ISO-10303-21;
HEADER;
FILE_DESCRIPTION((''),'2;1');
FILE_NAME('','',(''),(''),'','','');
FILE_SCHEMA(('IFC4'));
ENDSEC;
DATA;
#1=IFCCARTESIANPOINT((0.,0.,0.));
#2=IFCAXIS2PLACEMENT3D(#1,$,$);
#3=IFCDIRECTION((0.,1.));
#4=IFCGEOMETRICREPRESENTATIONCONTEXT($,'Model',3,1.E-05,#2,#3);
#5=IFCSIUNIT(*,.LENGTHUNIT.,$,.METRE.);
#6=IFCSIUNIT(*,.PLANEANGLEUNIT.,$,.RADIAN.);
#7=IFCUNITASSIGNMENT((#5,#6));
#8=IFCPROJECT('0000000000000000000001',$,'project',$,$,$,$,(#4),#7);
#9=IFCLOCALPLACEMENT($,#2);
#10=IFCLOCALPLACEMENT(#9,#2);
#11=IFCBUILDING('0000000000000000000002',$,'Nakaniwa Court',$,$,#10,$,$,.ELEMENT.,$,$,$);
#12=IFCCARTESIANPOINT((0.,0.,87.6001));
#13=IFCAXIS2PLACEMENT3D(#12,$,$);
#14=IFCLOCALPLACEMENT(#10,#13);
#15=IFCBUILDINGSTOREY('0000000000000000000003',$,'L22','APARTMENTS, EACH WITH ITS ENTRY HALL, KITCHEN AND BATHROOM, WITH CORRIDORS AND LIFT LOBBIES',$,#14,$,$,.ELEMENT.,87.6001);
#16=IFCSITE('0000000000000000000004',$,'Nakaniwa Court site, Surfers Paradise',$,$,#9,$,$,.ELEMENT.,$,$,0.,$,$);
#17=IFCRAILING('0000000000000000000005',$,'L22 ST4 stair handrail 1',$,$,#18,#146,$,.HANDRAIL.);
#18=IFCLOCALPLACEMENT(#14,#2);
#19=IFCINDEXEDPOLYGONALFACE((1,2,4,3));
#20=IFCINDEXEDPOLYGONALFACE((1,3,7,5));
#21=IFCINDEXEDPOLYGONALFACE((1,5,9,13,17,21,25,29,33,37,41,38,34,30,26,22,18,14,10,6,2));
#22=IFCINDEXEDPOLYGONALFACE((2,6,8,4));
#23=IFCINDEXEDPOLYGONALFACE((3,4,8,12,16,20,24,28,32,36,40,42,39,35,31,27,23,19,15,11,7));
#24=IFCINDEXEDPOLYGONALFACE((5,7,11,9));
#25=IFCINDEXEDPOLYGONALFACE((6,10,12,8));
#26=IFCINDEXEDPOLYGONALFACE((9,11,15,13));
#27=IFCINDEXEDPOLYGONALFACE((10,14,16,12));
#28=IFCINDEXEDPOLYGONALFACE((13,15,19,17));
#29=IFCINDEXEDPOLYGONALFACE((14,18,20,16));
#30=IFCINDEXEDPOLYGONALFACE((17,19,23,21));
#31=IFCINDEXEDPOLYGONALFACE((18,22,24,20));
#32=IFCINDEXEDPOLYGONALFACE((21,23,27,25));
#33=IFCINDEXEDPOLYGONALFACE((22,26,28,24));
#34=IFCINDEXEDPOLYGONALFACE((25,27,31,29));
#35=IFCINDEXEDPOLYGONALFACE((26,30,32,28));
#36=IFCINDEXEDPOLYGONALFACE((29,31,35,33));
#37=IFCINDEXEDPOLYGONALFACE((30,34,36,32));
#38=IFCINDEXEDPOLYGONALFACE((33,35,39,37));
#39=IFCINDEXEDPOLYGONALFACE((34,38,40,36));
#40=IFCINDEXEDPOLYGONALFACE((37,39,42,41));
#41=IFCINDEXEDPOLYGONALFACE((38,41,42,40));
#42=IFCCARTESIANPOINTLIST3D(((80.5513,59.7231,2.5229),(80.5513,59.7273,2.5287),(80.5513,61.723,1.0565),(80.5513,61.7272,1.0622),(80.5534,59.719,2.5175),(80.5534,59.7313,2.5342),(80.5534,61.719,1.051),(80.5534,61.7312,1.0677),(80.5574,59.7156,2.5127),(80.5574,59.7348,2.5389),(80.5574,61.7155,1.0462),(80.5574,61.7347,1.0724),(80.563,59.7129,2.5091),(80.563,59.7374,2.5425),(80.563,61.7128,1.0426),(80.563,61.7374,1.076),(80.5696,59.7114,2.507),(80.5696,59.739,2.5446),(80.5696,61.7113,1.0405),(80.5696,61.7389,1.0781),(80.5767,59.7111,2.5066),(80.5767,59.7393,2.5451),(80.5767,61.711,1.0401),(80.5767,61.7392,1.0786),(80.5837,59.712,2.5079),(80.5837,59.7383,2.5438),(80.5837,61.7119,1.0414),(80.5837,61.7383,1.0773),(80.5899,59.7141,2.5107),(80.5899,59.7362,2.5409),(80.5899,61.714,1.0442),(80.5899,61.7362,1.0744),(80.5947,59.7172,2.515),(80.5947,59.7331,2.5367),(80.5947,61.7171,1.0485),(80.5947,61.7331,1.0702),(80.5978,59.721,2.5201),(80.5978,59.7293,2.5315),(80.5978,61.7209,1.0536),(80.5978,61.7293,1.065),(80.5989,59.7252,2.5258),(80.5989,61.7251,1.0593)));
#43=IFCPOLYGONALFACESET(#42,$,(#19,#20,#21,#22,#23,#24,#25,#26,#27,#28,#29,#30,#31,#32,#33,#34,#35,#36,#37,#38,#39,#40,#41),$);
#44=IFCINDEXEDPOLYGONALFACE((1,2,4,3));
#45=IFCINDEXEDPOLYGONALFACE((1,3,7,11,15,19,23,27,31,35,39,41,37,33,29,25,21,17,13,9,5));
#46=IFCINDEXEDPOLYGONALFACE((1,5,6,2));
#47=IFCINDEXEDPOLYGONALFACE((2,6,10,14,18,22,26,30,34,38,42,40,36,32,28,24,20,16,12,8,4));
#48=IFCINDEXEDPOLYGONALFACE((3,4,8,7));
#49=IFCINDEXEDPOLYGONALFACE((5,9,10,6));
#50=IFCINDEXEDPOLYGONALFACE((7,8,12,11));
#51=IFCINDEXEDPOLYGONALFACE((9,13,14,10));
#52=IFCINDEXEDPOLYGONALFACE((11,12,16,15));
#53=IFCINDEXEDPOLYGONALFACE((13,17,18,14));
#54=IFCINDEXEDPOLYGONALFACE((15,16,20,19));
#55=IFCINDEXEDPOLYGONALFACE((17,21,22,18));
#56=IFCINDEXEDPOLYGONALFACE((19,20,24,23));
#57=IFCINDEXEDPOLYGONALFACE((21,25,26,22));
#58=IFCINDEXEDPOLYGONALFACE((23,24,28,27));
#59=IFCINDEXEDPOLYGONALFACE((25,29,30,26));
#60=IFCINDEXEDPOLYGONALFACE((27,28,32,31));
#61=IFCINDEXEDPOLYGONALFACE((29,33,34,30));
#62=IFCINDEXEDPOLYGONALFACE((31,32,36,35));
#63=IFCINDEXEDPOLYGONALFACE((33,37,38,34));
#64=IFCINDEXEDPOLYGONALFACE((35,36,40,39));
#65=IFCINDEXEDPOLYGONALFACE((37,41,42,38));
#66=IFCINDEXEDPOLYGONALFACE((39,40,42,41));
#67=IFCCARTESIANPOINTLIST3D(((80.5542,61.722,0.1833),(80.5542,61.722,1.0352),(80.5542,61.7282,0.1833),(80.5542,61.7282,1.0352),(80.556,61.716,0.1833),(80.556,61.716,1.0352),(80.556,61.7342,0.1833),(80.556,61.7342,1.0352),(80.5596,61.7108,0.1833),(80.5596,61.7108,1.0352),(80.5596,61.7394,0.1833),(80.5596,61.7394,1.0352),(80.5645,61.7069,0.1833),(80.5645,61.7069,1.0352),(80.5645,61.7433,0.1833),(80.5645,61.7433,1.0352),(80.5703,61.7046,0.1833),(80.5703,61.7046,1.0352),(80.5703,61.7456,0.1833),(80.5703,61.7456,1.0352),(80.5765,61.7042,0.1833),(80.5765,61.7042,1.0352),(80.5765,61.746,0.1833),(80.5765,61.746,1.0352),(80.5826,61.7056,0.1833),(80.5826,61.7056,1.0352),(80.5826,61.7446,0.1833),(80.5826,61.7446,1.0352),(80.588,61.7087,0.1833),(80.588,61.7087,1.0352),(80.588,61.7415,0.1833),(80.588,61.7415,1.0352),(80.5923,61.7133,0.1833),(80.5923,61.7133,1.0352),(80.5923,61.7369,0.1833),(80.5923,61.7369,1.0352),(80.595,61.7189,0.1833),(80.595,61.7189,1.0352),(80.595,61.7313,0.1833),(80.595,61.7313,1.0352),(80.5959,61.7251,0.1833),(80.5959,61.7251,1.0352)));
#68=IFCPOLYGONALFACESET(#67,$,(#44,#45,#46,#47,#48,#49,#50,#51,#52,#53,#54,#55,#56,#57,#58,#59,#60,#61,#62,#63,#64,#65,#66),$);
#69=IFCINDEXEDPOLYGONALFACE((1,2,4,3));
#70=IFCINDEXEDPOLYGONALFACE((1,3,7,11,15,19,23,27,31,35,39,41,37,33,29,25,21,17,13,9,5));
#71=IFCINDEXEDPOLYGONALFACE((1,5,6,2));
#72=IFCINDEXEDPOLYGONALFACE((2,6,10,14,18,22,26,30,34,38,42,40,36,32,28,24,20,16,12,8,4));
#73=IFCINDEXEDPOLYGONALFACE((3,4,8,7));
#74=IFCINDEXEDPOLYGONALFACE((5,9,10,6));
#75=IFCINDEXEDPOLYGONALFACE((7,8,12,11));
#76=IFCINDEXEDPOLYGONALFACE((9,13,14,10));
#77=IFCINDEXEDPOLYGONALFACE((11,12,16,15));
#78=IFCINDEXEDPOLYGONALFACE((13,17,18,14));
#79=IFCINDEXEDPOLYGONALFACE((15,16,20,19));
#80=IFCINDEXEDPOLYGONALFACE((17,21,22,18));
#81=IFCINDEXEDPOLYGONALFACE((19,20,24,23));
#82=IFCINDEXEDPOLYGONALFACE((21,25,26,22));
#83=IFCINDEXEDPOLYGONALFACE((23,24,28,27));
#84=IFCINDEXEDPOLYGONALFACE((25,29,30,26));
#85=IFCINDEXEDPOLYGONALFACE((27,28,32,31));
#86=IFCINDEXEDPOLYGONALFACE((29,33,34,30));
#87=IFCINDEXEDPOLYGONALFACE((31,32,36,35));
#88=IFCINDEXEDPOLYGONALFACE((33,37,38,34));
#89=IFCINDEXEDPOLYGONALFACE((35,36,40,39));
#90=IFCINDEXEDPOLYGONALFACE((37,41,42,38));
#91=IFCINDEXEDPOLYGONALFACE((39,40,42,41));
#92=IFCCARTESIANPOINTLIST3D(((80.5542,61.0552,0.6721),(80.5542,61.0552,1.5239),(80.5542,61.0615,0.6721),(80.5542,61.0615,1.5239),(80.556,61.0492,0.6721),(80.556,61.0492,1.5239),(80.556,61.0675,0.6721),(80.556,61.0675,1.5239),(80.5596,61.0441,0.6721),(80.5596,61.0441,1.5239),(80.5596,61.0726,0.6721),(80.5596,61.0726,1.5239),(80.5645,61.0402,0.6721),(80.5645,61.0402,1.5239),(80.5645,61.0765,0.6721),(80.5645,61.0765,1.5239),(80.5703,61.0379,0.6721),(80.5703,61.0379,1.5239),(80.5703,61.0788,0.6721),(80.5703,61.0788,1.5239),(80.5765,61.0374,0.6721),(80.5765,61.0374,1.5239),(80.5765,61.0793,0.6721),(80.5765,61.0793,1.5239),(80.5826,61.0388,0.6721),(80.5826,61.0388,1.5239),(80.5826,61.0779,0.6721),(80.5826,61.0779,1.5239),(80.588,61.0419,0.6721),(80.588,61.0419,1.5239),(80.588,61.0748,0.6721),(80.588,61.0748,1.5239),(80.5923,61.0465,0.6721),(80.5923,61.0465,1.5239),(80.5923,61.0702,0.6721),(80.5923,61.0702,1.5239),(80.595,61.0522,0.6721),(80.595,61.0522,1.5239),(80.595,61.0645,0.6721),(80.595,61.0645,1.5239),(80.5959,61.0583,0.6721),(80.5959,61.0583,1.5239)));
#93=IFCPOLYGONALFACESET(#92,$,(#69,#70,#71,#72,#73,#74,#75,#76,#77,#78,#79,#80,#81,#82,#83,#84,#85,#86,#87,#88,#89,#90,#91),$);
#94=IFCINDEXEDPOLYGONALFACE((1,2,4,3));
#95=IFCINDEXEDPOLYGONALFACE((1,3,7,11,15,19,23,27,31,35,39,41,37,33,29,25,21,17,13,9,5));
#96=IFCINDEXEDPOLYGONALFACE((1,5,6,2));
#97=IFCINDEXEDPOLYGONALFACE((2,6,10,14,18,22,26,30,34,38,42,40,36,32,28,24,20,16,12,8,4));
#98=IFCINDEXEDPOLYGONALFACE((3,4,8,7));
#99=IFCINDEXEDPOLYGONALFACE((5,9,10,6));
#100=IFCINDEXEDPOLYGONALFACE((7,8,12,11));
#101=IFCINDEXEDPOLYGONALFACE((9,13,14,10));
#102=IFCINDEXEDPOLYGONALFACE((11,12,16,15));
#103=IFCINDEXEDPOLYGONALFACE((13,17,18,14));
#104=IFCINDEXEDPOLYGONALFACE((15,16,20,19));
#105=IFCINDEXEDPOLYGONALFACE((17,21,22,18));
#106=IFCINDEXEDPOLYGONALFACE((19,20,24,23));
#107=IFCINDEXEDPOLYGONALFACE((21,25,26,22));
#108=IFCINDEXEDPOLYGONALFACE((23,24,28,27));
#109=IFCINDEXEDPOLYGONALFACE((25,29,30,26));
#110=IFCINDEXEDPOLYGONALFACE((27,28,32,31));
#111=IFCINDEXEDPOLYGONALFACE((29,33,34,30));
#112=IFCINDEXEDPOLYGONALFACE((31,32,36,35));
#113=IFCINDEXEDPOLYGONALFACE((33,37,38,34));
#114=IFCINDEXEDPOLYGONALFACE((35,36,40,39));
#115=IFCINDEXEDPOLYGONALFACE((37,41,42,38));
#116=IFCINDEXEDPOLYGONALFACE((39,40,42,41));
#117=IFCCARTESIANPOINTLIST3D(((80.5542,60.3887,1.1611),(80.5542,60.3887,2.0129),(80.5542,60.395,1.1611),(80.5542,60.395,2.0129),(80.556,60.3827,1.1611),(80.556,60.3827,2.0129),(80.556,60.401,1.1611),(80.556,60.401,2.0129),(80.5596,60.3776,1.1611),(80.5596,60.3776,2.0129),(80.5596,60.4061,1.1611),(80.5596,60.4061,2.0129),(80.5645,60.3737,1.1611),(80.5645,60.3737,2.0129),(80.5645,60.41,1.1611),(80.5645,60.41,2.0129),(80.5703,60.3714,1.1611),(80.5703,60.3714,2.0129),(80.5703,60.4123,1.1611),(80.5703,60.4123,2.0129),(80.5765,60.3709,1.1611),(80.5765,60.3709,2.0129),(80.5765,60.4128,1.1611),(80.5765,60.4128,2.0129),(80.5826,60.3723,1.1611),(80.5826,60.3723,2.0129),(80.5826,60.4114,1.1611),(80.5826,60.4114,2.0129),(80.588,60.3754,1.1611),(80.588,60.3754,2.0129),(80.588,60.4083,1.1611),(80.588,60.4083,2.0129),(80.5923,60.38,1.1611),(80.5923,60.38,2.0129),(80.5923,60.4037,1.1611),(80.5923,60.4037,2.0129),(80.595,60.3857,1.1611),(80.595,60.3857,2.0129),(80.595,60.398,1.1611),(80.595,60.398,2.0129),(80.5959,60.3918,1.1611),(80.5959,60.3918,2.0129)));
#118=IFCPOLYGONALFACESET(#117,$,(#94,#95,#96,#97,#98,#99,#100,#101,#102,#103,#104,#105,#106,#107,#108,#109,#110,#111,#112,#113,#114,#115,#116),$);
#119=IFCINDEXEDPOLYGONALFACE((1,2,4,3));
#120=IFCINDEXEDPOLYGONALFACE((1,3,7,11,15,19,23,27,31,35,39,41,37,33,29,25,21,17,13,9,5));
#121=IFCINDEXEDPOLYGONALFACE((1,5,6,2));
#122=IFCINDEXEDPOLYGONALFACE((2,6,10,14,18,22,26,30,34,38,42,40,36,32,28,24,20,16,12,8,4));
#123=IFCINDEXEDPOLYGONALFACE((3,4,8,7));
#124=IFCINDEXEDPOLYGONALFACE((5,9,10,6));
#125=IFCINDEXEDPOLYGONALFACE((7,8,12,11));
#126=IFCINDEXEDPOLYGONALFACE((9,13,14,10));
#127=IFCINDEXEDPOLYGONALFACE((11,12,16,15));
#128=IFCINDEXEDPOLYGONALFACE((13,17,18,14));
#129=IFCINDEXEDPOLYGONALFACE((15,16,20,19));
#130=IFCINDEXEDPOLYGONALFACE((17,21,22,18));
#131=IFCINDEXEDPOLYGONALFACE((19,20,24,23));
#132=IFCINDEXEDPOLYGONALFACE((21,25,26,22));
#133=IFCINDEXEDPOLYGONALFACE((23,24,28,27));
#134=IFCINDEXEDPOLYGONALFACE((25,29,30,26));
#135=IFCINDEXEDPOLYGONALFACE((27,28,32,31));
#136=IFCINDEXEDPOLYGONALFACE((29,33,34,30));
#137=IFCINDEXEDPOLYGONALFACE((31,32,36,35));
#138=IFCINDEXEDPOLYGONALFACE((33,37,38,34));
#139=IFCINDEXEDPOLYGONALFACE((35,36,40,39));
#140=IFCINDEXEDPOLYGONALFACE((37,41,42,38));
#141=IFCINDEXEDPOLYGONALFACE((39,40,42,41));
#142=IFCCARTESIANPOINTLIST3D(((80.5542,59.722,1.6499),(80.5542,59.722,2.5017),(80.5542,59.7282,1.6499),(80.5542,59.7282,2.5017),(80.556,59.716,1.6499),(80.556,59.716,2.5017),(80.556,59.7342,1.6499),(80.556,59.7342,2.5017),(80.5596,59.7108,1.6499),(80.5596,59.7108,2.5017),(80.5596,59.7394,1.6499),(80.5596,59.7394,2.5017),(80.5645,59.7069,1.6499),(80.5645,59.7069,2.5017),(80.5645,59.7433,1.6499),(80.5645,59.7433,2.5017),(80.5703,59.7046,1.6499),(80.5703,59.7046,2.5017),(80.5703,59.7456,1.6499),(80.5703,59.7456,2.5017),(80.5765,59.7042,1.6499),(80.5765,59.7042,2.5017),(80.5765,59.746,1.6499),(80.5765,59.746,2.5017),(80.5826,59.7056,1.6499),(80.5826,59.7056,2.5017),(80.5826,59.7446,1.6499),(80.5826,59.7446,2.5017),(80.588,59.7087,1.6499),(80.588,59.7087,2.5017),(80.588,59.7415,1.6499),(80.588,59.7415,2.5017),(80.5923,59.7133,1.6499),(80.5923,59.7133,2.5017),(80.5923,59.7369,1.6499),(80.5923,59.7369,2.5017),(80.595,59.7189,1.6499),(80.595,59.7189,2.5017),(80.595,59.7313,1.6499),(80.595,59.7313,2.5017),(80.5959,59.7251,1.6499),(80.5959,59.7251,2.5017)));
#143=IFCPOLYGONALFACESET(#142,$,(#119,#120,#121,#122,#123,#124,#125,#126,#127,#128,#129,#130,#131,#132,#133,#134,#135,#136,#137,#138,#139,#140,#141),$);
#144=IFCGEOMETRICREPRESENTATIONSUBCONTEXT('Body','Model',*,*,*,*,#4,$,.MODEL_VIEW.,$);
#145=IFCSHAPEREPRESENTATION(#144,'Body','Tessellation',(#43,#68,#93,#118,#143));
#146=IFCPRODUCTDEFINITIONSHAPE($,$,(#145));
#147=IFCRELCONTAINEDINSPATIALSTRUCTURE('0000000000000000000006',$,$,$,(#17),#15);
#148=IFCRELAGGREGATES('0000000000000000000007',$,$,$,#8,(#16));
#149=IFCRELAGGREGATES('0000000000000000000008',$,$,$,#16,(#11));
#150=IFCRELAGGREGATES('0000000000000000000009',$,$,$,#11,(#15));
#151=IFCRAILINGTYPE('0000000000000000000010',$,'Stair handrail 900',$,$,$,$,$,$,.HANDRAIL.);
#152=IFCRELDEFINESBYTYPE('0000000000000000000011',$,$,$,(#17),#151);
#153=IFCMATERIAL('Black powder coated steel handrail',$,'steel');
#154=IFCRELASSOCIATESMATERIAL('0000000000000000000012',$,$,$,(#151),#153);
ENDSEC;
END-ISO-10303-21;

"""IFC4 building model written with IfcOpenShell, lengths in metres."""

from ifc_helpers import new_model, si_unit, direction, frame, origin, origin_2d, place, context, subcontext, project, spatial, circle, extrude, material, type_object, element, save


model = new_model("IFC4")

# Units and contexts
model_context = context("Model", 3, precision=1e-05, world=origin(), true_north=direction((0.0, 1.0)))
body_context = subcontext(model_context, "Body", "Model", "MODEL_VIEW")
ifc_project = project(units=[si_unit("LENGTHUNIT", "METRE"), si_unit("PLANEANGLEUNIT", "RADIAN")], contexts=[model_context])

# Site, building, storey
site_placement = place(None, origin())
site = spatial("IfcSite", under=ifc_project, at=site_placement, Name="Nakaniwa Court site, Surfers Paradise", CompositionType="ELEMENT", RefElevation=0.0)
building_placement = place(site_placement, origin())
building = spatial("IfcBuilding", under=site, at=building_placement, Name="Nakaniwa Court", CompositionType="ELEMENT")
storey_placement = place(building_placement, frame((0.0, 0.0, 87.6001)))
storey = spatial("IfcBuildingStorey", under=building, at=storey_placement, Name="L22", Description="APARTMENTS, EACH WITH ITS ENTRY HALL, KITCHEN AND BATHROOM, WITH CORRIDORS AND LIFT LOBBIES", CompositionType="ELEMENT", Elevation=87.6001)

# Railing
ifc_material_1 = material(Name="Black powder coated steel handrail", Category="steel")
railing_type_1 = type_object("IfcRailingType", Name="Stair handrail 900", PredefinedType="HANDRAIL", material=ifc_material_1)
railing_1_placement = place(storey_placement, frame((80.575, 61.7251, 0.1833)))
element("IfcRailing", 1, at=railing_1_placement, inside=storey, type_object=railing_type_1, Name="L22 ST4 stair handrail 1", PredefinedType="HANDRAIL", context=body_context, shape_type="SweptSolid", body=[
    extrude(circle(Radius=0.0239, at=origin_2d()), frame((0.0, 0.0, 0.876), z_axis=(0.0, -0.806427, 0.591334), x_axis=(1.0, 0.0, 0.0)), (0.0, 0.0, 1.0), 2.48),
    extrude(circle(Radius=0.021, at=origin_2d()), origin(), (0.0, 0.0, 1.0), 0.8518),
    extrude(circle(Radius=0.021, at=origin_2d()), frame((0.0, -0.6667, 0.4888)), (0.0, 0.0, 1.0), 0.8518),
    extrude(circle(Radius=0.021, at=origin_2d()), frame((0.0, -1.3333, 0.9778)), (0.0, 0.0, 1.0), 0.8518),
    extrude(circle(Radius=0.021, at=origin_2d()), frame((0.0, -2.0, 1.4666)), (0.0, 0.0, 1.0), 0.8518),
])

save(model, "model.ifc")
